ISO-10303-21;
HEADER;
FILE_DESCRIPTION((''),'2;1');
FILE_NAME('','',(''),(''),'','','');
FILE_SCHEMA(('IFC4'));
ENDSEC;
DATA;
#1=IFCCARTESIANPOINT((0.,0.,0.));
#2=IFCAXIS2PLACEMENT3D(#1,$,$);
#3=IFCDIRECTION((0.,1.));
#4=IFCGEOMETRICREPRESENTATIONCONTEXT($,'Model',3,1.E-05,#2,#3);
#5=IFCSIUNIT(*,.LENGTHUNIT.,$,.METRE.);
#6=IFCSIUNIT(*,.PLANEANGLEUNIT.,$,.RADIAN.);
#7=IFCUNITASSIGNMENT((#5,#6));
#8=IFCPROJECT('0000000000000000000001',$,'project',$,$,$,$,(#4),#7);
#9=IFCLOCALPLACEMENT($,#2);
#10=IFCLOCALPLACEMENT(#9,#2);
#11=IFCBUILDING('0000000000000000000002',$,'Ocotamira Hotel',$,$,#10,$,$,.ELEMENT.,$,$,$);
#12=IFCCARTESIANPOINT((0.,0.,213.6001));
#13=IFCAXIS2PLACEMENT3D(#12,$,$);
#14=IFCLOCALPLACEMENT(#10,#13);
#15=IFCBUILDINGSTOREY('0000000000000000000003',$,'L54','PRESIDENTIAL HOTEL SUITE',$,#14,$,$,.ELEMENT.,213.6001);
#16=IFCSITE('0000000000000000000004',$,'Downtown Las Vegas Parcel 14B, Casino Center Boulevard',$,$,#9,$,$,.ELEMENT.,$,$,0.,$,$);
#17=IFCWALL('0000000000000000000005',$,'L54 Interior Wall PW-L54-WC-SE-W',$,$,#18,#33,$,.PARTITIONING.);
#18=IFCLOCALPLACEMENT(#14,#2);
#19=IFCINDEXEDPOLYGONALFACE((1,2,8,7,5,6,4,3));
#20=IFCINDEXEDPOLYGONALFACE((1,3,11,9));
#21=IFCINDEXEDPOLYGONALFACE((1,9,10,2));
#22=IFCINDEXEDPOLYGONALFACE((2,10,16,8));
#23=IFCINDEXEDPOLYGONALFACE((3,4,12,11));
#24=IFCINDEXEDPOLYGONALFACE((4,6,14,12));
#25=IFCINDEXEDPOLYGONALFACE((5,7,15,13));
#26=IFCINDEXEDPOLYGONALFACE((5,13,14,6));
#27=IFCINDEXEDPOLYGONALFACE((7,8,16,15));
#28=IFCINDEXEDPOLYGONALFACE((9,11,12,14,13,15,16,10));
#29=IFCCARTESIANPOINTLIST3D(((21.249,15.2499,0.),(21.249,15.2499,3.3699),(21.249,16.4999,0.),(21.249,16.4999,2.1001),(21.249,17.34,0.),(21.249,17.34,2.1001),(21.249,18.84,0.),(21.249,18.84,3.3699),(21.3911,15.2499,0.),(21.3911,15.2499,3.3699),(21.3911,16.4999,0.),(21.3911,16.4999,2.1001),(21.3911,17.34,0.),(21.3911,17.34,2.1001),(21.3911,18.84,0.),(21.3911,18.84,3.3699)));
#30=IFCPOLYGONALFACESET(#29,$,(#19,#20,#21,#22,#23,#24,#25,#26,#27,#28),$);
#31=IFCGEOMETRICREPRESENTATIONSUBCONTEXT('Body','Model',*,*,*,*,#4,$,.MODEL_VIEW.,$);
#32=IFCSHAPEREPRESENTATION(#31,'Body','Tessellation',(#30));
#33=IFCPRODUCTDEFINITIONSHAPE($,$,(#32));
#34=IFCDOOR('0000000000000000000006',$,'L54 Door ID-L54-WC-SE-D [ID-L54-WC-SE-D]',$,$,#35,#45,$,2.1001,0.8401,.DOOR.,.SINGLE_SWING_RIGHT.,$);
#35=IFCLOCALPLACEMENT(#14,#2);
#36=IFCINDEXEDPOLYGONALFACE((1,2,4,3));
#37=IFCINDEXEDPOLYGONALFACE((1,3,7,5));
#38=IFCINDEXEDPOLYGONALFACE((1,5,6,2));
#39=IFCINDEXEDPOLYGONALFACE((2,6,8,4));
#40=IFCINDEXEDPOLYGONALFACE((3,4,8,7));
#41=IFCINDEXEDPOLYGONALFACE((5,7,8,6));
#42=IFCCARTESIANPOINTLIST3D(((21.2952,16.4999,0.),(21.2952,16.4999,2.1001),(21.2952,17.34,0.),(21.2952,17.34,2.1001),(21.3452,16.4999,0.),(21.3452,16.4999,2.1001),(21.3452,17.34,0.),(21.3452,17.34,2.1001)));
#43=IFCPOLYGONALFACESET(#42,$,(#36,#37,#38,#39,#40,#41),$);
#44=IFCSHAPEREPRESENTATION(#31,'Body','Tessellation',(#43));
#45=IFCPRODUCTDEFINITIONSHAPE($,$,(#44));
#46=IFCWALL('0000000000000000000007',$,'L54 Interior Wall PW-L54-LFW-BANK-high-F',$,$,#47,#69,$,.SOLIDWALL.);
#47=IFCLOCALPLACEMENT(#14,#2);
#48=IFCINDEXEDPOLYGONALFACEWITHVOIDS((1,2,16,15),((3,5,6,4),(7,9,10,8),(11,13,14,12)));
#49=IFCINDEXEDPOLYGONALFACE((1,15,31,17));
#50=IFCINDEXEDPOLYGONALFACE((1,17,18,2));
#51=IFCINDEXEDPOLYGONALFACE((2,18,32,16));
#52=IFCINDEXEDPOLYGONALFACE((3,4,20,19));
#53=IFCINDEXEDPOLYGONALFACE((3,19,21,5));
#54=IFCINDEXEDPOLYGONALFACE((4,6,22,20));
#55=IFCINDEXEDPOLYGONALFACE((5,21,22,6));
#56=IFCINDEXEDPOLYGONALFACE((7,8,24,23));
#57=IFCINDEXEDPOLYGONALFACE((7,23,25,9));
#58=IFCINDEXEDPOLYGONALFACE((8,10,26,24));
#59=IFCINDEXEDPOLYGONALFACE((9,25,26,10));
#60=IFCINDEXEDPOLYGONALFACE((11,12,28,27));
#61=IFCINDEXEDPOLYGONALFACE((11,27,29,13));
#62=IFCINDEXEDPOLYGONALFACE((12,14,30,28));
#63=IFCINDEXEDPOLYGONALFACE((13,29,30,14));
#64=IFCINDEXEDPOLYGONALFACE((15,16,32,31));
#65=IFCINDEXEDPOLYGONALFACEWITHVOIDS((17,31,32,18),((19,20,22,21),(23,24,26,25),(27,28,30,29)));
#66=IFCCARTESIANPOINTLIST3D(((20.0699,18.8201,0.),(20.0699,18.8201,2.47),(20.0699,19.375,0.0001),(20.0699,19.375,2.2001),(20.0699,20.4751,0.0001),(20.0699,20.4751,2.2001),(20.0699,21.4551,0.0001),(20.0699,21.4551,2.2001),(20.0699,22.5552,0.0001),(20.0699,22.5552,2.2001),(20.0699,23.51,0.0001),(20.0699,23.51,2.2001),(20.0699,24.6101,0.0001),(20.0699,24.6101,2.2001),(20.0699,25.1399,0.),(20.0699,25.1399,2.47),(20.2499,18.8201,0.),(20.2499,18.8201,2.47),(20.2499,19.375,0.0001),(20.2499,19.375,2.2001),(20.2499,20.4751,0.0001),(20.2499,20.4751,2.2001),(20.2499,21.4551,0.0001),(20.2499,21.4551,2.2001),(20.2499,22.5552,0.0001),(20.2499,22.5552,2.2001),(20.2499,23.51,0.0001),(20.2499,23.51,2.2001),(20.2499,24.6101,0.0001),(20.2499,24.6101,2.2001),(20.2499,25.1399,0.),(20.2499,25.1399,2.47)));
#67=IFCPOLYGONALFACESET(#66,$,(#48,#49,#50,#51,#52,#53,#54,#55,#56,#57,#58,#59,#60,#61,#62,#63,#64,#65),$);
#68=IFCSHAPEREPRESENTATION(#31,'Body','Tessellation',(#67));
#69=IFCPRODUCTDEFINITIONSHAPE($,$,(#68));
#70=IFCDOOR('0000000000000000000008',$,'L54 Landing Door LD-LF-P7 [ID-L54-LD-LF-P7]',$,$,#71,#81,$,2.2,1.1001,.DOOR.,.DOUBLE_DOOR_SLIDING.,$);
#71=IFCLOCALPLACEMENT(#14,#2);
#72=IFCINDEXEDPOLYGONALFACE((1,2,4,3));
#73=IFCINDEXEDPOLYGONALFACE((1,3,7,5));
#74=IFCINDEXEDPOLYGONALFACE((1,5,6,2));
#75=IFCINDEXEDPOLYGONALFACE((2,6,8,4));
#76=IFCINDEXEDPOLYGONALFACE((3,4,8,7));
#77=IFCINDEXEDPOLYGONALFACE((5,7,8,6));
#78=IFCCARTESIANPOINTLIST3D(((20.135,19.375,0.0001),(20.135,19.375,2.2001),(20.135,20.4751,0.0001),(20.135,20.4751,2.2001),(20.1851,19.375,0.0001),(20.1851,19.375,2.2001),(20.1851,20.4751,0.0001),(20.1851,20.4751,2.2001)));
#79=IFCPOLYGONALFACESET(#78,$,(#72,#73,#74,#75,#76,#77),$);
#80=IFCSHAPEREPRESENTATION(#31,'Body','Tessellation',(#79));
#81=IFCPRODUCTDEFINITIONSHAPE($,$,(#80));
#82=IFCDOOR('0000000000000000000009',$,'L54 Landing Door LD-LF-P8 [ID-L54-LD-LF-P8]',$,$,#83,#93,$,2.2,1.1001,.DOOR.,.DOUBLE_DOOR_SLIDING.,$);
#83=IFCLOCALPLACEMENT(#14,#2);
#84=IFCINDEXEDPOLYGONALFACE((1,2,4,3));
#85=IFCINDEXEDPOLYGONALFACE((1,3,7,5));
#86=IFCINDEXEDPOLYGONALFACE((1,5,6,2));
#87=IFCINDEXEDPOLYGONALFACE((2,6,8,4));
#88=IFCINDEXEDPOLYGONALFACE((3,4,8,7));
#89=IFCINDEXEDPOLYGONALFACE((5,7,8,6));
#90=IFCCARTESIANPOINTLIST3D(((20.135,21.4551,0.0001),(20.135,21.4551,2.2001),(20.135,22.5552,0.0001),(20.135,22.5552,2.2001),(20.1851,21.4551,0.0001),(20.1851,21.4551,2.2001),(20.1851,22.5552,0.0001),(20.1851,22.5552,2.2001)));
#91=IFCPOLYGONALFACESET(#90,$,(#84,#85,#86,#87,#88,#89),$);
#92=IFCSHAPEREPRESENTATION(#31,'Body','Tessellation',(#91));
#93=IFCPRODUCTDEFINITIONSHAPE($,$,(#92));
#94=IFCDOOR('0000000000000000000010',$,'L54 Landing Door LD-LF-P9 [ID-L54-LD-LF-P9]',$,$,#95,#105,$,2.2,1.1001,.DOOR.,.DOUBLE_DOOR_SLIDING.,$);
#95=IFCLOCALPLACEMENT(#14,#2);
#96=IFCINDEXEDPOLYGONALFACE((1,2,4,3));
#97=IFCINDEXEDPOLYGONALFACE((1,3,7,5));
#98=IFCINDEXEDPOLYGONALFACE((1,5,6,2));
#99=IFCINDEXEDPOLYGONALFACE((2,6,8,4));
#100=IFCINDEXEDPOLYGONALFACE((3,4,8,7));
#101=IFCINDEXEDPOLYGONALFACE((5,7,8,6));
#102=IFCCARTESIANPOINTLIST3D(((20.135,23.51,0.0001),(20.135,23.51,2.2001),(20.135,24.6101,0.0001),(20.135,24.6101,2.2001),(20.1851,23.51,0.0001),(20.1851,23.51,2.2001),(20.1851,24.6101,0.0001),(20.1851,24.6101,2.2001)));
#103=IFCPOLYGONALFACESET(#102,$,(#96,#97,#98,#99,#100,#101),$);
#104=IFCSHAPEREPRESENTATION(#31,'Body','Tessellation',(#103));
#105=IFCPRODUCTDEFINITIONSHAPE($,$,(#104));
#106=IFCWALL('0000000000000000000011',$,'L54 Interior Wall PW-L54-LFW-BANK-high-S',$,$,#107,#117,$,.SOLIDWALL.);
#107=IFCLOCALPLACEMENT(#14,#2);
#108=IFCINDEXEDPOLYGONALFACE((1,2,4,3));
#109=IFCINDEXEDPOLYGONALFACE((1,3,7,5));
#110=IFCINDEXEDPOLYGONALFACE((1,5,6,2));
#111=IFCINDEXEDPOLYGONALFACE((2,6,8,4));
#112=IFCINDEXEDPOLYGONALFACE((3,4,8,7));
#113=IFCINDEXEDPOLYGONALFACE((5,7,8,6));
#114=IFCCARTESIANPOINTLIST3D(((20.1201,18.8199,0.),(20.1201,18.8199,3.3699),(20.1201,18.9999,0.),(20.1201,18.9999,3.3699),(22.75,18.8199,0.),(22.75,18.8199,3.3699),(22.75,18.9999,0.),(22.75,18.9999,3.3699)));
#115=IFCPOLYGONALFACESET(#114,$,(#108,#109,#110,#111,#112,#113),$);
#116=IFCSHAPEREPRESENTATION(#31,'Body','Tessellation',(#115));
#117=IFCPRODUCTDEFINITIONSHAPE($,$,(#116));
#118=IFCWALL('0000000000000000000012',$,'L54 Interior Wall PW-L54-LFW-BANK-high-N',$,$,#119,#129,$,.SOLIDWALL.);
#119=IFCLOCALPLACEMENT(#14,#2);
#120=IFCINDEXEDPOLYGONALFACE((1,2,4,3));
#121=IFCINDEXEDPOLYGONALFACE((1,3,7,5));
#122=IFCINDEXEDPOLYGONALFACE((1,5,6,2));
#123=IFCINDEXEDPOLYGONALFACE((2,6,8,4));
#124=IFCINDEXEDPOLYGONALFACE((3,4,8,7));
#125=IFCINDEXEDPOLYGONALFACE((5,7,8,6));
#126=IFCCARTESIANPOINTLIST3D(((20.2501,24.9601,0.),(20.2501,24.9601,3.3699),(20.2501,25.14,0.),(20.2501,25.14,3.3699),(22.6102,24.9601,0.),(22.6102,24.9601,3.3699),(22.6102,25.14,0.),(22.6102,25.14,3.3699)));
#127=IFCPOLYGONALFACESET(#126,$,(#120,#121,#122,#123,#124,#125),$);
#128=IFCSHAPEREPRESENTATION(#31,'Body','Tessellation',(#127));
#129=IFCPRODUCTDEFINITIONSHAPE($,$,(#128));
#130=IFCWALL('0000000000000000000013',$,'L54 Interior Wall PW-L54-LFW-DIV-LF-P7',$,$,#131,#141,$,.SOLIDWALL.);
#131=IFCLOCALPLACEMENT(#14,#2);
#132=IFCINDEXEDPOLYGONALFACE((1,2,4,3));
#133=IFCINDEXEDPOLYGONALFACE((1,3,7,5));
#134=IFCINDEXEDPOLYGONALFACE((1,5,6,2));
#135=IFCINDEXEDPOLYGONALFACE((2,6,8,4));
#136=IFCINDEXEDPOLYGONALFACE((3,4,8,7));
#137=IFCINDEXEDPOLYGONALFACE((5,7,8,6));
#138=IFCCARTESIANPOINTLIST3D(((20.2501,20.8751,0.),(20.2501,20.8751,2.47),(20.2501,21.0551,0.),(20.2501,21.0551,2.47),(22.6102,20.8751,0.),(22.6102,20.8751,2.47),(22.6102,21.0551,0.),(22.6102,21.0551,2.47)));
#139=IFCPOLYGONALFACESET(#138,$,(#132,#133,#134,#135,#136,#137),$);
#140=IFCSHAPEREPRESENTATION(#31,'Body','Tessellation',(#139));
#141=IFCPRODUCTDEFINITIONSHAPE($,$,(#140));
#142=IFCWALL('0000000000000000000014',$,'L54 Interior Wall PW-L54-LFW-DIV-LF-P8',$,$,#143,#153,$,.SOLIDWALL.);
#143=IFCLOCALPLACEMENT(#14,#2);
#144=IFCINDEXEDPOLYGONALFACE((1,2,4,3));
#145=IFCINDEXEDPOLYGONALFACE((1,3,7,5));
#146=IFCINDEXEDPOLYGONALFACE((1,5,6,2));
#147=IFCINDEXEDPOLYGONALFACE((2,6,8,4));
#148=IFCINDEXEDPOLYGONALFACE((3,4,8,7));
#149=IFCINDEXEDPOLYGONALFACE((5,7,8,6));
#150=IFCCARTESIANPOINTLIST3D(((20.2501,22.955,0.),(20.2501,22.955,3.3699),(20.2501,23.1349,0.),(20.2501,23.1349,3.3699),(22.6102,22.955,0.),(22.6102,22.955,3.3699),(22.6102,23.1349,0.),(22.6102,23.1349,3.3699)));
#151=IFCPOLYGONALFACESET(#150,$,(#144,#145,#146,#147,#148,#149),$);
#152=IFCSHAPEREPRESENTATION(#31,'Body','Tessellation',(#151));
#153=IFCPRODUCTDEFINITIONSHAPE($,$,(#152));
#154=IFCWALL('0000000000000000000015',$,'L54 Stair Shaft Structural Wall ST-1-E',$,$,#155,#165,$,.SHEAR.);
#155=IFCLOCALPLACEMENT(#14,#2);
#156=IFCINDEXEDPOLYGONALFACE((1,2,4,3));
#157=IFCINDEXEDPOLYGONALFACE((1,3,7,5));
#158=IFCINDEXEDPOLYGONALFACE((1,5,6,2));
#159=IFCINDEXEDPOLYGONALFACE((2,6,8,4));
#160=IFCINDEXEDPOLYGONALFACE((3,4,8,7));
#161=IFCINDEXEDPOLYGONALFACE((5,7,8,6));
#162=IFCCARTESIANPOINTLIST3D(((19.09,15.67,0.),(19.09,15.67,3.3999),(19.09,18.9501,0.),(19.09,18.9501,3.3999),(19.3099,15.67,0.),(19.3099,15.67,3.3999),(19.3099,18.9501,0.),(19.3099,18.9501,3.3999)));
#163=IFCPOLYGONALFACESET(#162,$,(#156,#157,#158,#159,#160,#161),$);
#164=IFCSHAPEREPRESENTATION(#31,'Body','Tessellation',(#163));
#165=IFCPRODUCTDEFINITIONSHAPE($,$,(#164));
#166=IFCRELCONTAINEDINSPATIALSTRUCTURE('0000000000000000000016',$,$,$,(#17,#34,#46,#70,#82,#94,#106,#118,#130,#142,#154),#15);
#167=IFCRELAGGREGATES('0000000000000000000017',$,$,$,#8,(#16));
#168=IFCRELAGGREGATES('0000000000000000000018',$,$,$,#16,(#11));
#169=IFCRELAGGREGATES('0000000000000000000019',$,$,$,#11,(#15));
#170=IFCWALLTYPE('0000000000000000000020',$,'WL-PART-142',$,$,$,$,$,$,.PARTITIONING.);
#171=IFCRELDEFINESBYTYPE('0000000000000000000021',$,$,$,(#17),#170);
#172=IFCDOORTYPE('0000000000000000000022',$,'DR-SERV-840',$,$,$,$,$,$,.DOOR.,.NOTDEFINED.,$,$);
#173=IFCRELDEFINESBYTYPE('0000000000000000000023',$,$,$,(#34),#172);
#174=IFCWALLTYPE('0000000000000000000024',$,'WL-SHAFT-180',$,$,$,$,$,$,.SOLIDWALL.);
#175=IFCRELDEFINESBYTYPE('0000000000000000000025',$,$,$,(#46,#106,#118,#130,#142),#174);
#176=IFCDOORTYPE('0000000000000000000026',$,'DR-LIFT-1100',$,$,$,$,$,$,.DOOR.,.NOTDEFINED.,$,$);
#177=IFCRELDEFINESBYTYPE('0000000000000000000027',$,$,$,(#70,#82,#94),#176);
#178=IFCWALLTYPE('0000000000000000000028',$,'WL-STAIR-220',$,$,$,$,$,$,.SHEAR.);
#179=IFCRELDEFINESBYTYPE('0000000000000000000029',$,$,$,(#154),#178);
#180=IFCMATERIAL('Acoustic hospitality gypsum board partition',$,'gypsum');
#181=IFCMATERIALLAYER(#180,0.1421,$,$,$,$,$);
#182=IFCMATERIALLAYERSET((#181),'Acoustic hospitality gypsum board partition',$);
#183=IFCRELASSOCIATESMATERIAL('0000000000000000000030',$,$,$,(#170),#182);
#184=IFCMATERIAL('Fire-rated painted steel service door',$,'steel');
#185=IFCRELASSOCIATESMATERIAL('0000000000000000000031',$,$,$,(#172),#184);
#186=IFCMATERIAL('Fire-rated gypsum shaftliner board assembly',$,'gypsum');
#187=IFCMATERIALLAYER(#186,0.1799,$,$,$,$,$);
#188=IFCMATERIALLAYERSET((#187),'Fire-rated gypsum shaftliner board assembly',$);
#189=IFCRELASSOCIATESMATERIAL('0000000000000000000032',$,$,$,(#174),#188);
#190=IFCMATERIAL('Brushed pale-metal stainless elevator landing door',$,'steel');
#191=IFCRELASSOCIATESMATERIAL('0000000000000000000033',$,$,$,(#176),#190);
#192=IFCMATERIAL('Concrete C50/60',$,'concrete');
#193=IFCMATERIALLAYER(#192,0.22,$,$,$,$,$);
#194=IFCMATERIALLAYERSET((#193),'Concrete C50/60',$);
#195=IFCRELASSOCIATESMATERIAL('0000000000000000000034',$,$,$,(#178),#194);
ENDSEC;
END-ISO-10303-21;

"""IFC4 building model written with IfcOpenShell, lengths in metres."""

from ifc_helpers import new_model, si_unit, direction, frame, frame_2d, origin, place, context, subcontext, project, spatial, rectangle, extrude, source, transform, mapped, material, layer, layer_set, type_object, element, fill, save


model = new_model("IFC4")

# Units and contexts
model_context = context("Model", 3, precision=1e-05, world=origin(), true_north=direction((0.0, 1.0)))
body_context = subcontext(model_context, "Body", "Model", "MODEL_VIEW")
ifc_project = project(units=[si_unit("LENGTHUNIT", "METRE"), si_unit("PLANEANGLEUNIT", "RADIAN")], contexts=[model_context])

# Site, building, storey
site_placement = place(None, origin())
site = spatial("IfcSite", under=ifc_project, at=site_placement, Name="Downtown Las Vegas Parcel 14B, Casino Center Boulevard", CompositionType="ELEMENT", RefElevation=0.0)
building_placement = place(site_placement, origin())
building = spatial("IfcBuilding", under=site, at=building_placement, Name="Ocotamira Hotel", CompositionType="ELEMENT")
storey_placement = place(building_placement, frame((0.0, 0.0, 213.6001)))
storey = spatial("IfcBuildingStorey", under=building, at=storey_placement, Name="L54", Description="PRESIDENTIAL HOTEL SUITE", CompositionType="ELEMENT", Elevation=213.6001)

# Shared definitions
ifc_material_1 = material(Name="Concrete C50/60", Category="concrete")

# Wall, opening, door
ifc_material_2 = material(Name="Acoustic hospitality gypsum board partition", Category="gypsum")
ifc_layer_1 = layer(ifc_material_2, 0.1421)
ifc_layer_set_1 = layer_set([ifc_layer_1], Name="Acoustic hospitality gypsum board partition")
wall_type_1 = type_object("IfcWallType", Name="WL-PART-142", PredefinedType="PARTITIONING", material=ifc_layer_set_1)
wall_1_placement = place(storey_placement, frame((21.3201, 15.25, 0.0), z_axis=(0.0, 0.0, 1.0), x_axis=(0.0, 1.0, 0.0)))
wall_1 = element("IfcWall", 1, at=wall_1_placement, inside=storey, type_object=wall_type_1, Name="L54 Interior Wall PW-L54-WC-SE-W", PredefinedType="PARTITIONING", context=body_context, shape_type="SweptSolid", body=[
    extrude(rectangle(XDim=3.5901, YDim=0.1421, at=frame_2d((1.7949, 0.0))), origin(), (0.0, 0.0, 1.0), 3.3699),
])
opening_1_placement = place(wall_1_placement, frame((1.25, 0.0, 0.0)))
opening_1 = element("IfcOpeningElement", 2, at=opening_1_placement, cuts=wall_1, PredefinedType="OPENING", context=body_context, shape_type="SweptSolid", body=[
    extrude(rectangle(XDim=0.8401, YDim=2.1001, at=frame_2d((0.4199, 1.05))), frame((0.0, 0.0811, 0.0), z_axis=(0.0, -1.0, 0.0), x_axis=(1.0, 0.0, 0.0)), (0.0, 0.0, 1.0), 0.1621),
])
ifc_material_3 = material(Name="Fire-rated painted steel service door", Category="steel")
door_type_1 = type_object("IfcDoorType", Name="DR-SERV-840", OperationType="NOTDEFINED", PredefinedType="DOOR", material=ifc_material_3)
shared_shape_1 = source(origin(), body_context, "Body", "SweptSolid", [
    extrude(rectangle(XDim=0.8401, YDim=2.1001, at=frame_2d((0.4199, 1.05))), frame((0.0, 0.0249, 0.0), z_axis=(0.0, -1.0, 0.0), x_axis=(1.0, 0.0, 0.0)), (0.0, 0.0, 1.0), 0.05),
])
door_1_placement = place(opening_1_placement, origin())
door_1 = element("IfcDoor", 3, at=door_1_placement, inside=storey, type_object=door_type_1, Name="L54 Door ID-L54-WC-SE-D [ID-L54-WC-SE-D]", OperationType="SINGLE_SWING_RIGHT", OverallHeight=2.1001, OverallWidth=0.8401, PredefinedType="DOOR", context=body_context, shape_type="MappedRepresentation", body=[
    mapped(shared_shape_1, transform((0.0, 0.0, 0.0), scale=1.0)),
])
fill(opening_1, door_1)

# Wall, openings, doors
ifc_material_4 = material(Name="Fire-rated gypsum shaftliner board assembly", Category="gypsum")
ifc_layer_2 = layer(ifc_material_4, 0.1799)
ifc_layer_set_2 = layer_set([ifc_layer_2], Name="Fire-rated gypsum shaftliner board assembly")
wall_type_2 = type_object("IfcWallType", Name="WL-SHAFT-180", PredefinedType="SOLIDWALL", material=ifc_layer_set_2)
wall_2_placement = place(storey_placement, frame((20.1599, 18.8201, 0.0), z_axis=(0.0, 0.0, 1.0), x_axis=(0.0, 1.0, 0.0)))
wall_2 = element("IfcWall", 4, at=wall_2_placement, inside=storey, type_object=wall_type_2, Name="L54 Interior Wall PW-L54-LFW-BANK-high-F", PredefinedType="SOLIDWALL", context=body_context, shape_type="SweptSolid", body=[
    extrude(rectangle(XDim=6.3198, YDim=0.1799, at=frame_2d((3.1599, 0.0))), origin(), (0.0, 0.0, 1.0), 2.47),
])
opening_2_placement = place(wall_2_placement, frame((0.5549, 0.0, 0.0)))
opening_2 = element("IfcOpeningElement", 5, at=opening_2_placement, cuts=wall_2, PredefinedType="OPENING", context=body_context, shape_type="SweptSolid", body=[
    extrude(rectangle(XDim=1.1001, YDim=2.2, at=frame_2d((0.55, 1.1001))), frame((0.0, 0.1001, 0.0), z_axis=(0.0, -1.0, 0.0), x_axis=(1.0, 0.0, 0.0)), (0.0, 0.0, 1.0), 0.2),
])
opening_3_placement = place(wall_2_placement, frame((2.635, 0.0, 0.0)))
opening_3 = element("IfcOpeningElement", 6, at=opening_3_placement, cuts=wall_2, PredefinedType="OPENING", context=body_context, shape_type="SweptSolid", body=[
    extrude(rectangle(XDim=1.1001, YDim=2.2, at=frame_2d((0.55, 1.1001))), frame((0.0, 0.1001, 0.0), z_axis=(0.0, -1.0, 0.0), x_axis=(1.0, 0.0, 0.0)), (0.0, 0.0, 1.0), 0.2),
])
opening_4_placement = place(wall_2_placement, frame((4.6899, 0.0, 0.0)))
opening_4 = element("IfcOpeningElement", 7, at=opening_4_placement, cuts=wall_2, PredefinedType="OPENING", context=body_context, shape_type="SweptSolid", body=[
    extrude(rectangle(XDim=1.1001, YDim=2.2, at=frame_2d((0.55, 1.1001))), frame((0.0, 0.1001, 0.0), z_axis=(0.0, -1.0, 0.0), x_axis=(1.0, 0.0, 0.0)), (0.0, 0.0, 1.0), 0.2),
])
ifc_material_5 = material(Name="Brushed pale-metal stainless elevator landing door", Category="steel")
door_type_2 = type_object("IfcDoorType", Name="DR-LIFT-1100", OperationType="NOTDEFINED", PredefinedType="DOOR", material=ifc_material_5)
shared_shape_2 = source(origin(), body_context, "Body", "SweptSolid", [
    extrude(rectangle(XDim=1.1001, YDim=2.2, at=frame_2d((0.55, 1.1001))), frame((0.0, 0.0249, 0.0), z_axis=(0.0, -1.0, 0.0), x_axis=(1.0, 0.0, 0.0)), (0.0, 0.0, 1.0), 0.05),
])
door_2_placement = place(opening_2_placement, origin())
door_2 = element("IfcDoor", 8, at=door_2_placement, inside=storey, type_object=door_type_2, Name="L54 Landing Door LD-LF-P7 [ID-L54-LD-LF-P7]", OperationType="DOUBLE_DOOR_SLIDING", OverallHeight=2.2, OverallWidth=1.1001, PredefinedType="DOOR", context=body_context, shape_type="MappedRepresentation", body=[
    mapped(shared_shape_2, transform((0.0, 0.0, 0.0), scale=1.0)),
])
fill(opening_2, door_2)
door_3_placement = place(opening_3_placement, origin())
door_3 = element("IfcDoor", 9, at=door_3_placement, inside=storey, type_object=door_type_2, Name="L54 Landing Door LD-LF-P8 [ID-L54-LD-LF-P8]", OperationType="DOUBLE_DOOR_SLIDING", OverallHeight=2.2, OverallWidth=1.1001, PredefinedType="DOOR", context=body_context, shape_type="MappedRepresentation", body=[
    mapped(shared_shape_2, transform((0.0, 0.0, 0.0), scale=1.0)),
])
fill(opening_3, door_3)
door_4_placement = place(opening_4_placement, origin())
door_4 = element("IfcDoor", 10, at=door_4_placement, inside=storey, type_object=door_type_2, Name="L54 Landing Door LD-LF-P9 [ID-L54-LD-LF-P9]", OperationType="DOUBLE_DOOR_SLIDING", OverallHeight=2.2, OverallWidth=1.1001, PredefinedType="DOOR", context=body_context, shape_type="MappedRepresentation", body=[
    mapped(shared_shape_2, transform((0.0, 0.0, 0.0), scale=1.0)),
])
fill(opening_4, door_4)

# Walls
wall_3_placement = place(storey_placement, frame((20.1201, 18.9099, 0.0), z_axis=(0.0, 0.0, 1.0), x_axis=(1.0, 0.0, 0.0)))
element("IfcWall", 11, at=wall_3_placement, inside=storey, type_object=wall_type_2, Name="L54 Interior Wall PW-L54-LFW-BANK-high-S", PredefinedType="SOLIDWALL", context=body_context, shape_type="SweptSolid", body=[
    extrude(rectangle(XDim=2.6299, YDim=0.1799, at=frame_2d((1.3149, 0.0))), origin(), (0.0, 0.0, 1.0), 3.3699),
])
wall_4_placement = place(storey_placement, frame((20.25, 25.05, 0.0), z_axis=(0.0, 0.0, 1.0), x_axis=(1.0, 0.0, 0.0)))
element("IfcWall", 12, at=wall_4_placement, inside=storey, type_object=wall_type_2, Name="L54 Interior Wall PW-L54-LFW-BANK-high-N", PredefinedType="SOLIDWALL", context=body_context, shape_type="SweptSolid", body=[
    extrude(rectangle(XDim=2.3601, YDim=0.1799, at=frame_2d((1.1802, 0.0))), origin(), (0.0, 0.0, 1.0), 3.3699),
])
wall_5_placement = place(storey_placement, frame((20.25, 20.9651, 0.0), z_axis=(0.0, 0.0, 1.0), x_axis=(1.0, 0.0, 0.0)))
element("IfcWall", 13, at=wall_5_placement, inside=storey, type_object=wall_type_2, Name="L54 Interior Wall PW-L54-LFW-DIV-LF-P7", PredefinedType="SOLIDWALL", context=body_context, shape_type="SweptSolid", body=[
    extrude(rectangle(XDim=2.3601, YDim=0.1799, at=frame_2d((1.1802, 0.0))), origin(), (0.0, 0.0, 1.0), 2.47),
])
wall_6_placement = place(storey_placement, frame((20.25, 23.0449, 0.0), z_axis=(0.0, 0.0, 1.0), x_axis=(1.0, 0.0, 0.0)))
element("IfcWall", 14, at=wall_6_placement, inside=storey, type_object=wall_type_2, Name="L54 Interior Wall PW-L54-LFW-DIV-LF-P8", PredefinedType="SOLIDWALL", context=body_context, shape_type="SweptSolid", body=[
    extrude(rectangle(XDim=2.3601, YDim=0.1799, at=frame_2d((1.1802, 0.0))), origin(), (0.0, 0.0, 1.0), 3.3699),
])
ifc_layer_3 = layer(ifc_material_1, 0.22)
ifc_layer_set_3 = layer_set([ifc_layer_3], Name="Concrete C50/60")
wall_type_3 = type_object("IfcWallType", Name="WL-STAIR-220", PredefinedType="SHEAR", material=ifc_layer_set_3)
wall_7_placement = place(storey_placement, frame((19.2, 15.6699, 0.0), z_axis=(0.0, 0.0, 1.0), x_axis=(0.0, 1.0, 0.0)))
element("IfcWall", 15, at=wall_7_placement, inside=storey, type_object=wall_type_3, Name="L54 Stair Shaft Structural Wall ST-1-E", PredefinedType="SHEAR", context=body_context, shape_type="SweptSolid", body=[
    extrude(rectangle(XDim=3.28, YDim=0.22, at=frame_2d((1.6401, 0.0))), origin(), (0.0, 0.0, 1.0), 3.3999),
])

save(model, "model.ifc")
